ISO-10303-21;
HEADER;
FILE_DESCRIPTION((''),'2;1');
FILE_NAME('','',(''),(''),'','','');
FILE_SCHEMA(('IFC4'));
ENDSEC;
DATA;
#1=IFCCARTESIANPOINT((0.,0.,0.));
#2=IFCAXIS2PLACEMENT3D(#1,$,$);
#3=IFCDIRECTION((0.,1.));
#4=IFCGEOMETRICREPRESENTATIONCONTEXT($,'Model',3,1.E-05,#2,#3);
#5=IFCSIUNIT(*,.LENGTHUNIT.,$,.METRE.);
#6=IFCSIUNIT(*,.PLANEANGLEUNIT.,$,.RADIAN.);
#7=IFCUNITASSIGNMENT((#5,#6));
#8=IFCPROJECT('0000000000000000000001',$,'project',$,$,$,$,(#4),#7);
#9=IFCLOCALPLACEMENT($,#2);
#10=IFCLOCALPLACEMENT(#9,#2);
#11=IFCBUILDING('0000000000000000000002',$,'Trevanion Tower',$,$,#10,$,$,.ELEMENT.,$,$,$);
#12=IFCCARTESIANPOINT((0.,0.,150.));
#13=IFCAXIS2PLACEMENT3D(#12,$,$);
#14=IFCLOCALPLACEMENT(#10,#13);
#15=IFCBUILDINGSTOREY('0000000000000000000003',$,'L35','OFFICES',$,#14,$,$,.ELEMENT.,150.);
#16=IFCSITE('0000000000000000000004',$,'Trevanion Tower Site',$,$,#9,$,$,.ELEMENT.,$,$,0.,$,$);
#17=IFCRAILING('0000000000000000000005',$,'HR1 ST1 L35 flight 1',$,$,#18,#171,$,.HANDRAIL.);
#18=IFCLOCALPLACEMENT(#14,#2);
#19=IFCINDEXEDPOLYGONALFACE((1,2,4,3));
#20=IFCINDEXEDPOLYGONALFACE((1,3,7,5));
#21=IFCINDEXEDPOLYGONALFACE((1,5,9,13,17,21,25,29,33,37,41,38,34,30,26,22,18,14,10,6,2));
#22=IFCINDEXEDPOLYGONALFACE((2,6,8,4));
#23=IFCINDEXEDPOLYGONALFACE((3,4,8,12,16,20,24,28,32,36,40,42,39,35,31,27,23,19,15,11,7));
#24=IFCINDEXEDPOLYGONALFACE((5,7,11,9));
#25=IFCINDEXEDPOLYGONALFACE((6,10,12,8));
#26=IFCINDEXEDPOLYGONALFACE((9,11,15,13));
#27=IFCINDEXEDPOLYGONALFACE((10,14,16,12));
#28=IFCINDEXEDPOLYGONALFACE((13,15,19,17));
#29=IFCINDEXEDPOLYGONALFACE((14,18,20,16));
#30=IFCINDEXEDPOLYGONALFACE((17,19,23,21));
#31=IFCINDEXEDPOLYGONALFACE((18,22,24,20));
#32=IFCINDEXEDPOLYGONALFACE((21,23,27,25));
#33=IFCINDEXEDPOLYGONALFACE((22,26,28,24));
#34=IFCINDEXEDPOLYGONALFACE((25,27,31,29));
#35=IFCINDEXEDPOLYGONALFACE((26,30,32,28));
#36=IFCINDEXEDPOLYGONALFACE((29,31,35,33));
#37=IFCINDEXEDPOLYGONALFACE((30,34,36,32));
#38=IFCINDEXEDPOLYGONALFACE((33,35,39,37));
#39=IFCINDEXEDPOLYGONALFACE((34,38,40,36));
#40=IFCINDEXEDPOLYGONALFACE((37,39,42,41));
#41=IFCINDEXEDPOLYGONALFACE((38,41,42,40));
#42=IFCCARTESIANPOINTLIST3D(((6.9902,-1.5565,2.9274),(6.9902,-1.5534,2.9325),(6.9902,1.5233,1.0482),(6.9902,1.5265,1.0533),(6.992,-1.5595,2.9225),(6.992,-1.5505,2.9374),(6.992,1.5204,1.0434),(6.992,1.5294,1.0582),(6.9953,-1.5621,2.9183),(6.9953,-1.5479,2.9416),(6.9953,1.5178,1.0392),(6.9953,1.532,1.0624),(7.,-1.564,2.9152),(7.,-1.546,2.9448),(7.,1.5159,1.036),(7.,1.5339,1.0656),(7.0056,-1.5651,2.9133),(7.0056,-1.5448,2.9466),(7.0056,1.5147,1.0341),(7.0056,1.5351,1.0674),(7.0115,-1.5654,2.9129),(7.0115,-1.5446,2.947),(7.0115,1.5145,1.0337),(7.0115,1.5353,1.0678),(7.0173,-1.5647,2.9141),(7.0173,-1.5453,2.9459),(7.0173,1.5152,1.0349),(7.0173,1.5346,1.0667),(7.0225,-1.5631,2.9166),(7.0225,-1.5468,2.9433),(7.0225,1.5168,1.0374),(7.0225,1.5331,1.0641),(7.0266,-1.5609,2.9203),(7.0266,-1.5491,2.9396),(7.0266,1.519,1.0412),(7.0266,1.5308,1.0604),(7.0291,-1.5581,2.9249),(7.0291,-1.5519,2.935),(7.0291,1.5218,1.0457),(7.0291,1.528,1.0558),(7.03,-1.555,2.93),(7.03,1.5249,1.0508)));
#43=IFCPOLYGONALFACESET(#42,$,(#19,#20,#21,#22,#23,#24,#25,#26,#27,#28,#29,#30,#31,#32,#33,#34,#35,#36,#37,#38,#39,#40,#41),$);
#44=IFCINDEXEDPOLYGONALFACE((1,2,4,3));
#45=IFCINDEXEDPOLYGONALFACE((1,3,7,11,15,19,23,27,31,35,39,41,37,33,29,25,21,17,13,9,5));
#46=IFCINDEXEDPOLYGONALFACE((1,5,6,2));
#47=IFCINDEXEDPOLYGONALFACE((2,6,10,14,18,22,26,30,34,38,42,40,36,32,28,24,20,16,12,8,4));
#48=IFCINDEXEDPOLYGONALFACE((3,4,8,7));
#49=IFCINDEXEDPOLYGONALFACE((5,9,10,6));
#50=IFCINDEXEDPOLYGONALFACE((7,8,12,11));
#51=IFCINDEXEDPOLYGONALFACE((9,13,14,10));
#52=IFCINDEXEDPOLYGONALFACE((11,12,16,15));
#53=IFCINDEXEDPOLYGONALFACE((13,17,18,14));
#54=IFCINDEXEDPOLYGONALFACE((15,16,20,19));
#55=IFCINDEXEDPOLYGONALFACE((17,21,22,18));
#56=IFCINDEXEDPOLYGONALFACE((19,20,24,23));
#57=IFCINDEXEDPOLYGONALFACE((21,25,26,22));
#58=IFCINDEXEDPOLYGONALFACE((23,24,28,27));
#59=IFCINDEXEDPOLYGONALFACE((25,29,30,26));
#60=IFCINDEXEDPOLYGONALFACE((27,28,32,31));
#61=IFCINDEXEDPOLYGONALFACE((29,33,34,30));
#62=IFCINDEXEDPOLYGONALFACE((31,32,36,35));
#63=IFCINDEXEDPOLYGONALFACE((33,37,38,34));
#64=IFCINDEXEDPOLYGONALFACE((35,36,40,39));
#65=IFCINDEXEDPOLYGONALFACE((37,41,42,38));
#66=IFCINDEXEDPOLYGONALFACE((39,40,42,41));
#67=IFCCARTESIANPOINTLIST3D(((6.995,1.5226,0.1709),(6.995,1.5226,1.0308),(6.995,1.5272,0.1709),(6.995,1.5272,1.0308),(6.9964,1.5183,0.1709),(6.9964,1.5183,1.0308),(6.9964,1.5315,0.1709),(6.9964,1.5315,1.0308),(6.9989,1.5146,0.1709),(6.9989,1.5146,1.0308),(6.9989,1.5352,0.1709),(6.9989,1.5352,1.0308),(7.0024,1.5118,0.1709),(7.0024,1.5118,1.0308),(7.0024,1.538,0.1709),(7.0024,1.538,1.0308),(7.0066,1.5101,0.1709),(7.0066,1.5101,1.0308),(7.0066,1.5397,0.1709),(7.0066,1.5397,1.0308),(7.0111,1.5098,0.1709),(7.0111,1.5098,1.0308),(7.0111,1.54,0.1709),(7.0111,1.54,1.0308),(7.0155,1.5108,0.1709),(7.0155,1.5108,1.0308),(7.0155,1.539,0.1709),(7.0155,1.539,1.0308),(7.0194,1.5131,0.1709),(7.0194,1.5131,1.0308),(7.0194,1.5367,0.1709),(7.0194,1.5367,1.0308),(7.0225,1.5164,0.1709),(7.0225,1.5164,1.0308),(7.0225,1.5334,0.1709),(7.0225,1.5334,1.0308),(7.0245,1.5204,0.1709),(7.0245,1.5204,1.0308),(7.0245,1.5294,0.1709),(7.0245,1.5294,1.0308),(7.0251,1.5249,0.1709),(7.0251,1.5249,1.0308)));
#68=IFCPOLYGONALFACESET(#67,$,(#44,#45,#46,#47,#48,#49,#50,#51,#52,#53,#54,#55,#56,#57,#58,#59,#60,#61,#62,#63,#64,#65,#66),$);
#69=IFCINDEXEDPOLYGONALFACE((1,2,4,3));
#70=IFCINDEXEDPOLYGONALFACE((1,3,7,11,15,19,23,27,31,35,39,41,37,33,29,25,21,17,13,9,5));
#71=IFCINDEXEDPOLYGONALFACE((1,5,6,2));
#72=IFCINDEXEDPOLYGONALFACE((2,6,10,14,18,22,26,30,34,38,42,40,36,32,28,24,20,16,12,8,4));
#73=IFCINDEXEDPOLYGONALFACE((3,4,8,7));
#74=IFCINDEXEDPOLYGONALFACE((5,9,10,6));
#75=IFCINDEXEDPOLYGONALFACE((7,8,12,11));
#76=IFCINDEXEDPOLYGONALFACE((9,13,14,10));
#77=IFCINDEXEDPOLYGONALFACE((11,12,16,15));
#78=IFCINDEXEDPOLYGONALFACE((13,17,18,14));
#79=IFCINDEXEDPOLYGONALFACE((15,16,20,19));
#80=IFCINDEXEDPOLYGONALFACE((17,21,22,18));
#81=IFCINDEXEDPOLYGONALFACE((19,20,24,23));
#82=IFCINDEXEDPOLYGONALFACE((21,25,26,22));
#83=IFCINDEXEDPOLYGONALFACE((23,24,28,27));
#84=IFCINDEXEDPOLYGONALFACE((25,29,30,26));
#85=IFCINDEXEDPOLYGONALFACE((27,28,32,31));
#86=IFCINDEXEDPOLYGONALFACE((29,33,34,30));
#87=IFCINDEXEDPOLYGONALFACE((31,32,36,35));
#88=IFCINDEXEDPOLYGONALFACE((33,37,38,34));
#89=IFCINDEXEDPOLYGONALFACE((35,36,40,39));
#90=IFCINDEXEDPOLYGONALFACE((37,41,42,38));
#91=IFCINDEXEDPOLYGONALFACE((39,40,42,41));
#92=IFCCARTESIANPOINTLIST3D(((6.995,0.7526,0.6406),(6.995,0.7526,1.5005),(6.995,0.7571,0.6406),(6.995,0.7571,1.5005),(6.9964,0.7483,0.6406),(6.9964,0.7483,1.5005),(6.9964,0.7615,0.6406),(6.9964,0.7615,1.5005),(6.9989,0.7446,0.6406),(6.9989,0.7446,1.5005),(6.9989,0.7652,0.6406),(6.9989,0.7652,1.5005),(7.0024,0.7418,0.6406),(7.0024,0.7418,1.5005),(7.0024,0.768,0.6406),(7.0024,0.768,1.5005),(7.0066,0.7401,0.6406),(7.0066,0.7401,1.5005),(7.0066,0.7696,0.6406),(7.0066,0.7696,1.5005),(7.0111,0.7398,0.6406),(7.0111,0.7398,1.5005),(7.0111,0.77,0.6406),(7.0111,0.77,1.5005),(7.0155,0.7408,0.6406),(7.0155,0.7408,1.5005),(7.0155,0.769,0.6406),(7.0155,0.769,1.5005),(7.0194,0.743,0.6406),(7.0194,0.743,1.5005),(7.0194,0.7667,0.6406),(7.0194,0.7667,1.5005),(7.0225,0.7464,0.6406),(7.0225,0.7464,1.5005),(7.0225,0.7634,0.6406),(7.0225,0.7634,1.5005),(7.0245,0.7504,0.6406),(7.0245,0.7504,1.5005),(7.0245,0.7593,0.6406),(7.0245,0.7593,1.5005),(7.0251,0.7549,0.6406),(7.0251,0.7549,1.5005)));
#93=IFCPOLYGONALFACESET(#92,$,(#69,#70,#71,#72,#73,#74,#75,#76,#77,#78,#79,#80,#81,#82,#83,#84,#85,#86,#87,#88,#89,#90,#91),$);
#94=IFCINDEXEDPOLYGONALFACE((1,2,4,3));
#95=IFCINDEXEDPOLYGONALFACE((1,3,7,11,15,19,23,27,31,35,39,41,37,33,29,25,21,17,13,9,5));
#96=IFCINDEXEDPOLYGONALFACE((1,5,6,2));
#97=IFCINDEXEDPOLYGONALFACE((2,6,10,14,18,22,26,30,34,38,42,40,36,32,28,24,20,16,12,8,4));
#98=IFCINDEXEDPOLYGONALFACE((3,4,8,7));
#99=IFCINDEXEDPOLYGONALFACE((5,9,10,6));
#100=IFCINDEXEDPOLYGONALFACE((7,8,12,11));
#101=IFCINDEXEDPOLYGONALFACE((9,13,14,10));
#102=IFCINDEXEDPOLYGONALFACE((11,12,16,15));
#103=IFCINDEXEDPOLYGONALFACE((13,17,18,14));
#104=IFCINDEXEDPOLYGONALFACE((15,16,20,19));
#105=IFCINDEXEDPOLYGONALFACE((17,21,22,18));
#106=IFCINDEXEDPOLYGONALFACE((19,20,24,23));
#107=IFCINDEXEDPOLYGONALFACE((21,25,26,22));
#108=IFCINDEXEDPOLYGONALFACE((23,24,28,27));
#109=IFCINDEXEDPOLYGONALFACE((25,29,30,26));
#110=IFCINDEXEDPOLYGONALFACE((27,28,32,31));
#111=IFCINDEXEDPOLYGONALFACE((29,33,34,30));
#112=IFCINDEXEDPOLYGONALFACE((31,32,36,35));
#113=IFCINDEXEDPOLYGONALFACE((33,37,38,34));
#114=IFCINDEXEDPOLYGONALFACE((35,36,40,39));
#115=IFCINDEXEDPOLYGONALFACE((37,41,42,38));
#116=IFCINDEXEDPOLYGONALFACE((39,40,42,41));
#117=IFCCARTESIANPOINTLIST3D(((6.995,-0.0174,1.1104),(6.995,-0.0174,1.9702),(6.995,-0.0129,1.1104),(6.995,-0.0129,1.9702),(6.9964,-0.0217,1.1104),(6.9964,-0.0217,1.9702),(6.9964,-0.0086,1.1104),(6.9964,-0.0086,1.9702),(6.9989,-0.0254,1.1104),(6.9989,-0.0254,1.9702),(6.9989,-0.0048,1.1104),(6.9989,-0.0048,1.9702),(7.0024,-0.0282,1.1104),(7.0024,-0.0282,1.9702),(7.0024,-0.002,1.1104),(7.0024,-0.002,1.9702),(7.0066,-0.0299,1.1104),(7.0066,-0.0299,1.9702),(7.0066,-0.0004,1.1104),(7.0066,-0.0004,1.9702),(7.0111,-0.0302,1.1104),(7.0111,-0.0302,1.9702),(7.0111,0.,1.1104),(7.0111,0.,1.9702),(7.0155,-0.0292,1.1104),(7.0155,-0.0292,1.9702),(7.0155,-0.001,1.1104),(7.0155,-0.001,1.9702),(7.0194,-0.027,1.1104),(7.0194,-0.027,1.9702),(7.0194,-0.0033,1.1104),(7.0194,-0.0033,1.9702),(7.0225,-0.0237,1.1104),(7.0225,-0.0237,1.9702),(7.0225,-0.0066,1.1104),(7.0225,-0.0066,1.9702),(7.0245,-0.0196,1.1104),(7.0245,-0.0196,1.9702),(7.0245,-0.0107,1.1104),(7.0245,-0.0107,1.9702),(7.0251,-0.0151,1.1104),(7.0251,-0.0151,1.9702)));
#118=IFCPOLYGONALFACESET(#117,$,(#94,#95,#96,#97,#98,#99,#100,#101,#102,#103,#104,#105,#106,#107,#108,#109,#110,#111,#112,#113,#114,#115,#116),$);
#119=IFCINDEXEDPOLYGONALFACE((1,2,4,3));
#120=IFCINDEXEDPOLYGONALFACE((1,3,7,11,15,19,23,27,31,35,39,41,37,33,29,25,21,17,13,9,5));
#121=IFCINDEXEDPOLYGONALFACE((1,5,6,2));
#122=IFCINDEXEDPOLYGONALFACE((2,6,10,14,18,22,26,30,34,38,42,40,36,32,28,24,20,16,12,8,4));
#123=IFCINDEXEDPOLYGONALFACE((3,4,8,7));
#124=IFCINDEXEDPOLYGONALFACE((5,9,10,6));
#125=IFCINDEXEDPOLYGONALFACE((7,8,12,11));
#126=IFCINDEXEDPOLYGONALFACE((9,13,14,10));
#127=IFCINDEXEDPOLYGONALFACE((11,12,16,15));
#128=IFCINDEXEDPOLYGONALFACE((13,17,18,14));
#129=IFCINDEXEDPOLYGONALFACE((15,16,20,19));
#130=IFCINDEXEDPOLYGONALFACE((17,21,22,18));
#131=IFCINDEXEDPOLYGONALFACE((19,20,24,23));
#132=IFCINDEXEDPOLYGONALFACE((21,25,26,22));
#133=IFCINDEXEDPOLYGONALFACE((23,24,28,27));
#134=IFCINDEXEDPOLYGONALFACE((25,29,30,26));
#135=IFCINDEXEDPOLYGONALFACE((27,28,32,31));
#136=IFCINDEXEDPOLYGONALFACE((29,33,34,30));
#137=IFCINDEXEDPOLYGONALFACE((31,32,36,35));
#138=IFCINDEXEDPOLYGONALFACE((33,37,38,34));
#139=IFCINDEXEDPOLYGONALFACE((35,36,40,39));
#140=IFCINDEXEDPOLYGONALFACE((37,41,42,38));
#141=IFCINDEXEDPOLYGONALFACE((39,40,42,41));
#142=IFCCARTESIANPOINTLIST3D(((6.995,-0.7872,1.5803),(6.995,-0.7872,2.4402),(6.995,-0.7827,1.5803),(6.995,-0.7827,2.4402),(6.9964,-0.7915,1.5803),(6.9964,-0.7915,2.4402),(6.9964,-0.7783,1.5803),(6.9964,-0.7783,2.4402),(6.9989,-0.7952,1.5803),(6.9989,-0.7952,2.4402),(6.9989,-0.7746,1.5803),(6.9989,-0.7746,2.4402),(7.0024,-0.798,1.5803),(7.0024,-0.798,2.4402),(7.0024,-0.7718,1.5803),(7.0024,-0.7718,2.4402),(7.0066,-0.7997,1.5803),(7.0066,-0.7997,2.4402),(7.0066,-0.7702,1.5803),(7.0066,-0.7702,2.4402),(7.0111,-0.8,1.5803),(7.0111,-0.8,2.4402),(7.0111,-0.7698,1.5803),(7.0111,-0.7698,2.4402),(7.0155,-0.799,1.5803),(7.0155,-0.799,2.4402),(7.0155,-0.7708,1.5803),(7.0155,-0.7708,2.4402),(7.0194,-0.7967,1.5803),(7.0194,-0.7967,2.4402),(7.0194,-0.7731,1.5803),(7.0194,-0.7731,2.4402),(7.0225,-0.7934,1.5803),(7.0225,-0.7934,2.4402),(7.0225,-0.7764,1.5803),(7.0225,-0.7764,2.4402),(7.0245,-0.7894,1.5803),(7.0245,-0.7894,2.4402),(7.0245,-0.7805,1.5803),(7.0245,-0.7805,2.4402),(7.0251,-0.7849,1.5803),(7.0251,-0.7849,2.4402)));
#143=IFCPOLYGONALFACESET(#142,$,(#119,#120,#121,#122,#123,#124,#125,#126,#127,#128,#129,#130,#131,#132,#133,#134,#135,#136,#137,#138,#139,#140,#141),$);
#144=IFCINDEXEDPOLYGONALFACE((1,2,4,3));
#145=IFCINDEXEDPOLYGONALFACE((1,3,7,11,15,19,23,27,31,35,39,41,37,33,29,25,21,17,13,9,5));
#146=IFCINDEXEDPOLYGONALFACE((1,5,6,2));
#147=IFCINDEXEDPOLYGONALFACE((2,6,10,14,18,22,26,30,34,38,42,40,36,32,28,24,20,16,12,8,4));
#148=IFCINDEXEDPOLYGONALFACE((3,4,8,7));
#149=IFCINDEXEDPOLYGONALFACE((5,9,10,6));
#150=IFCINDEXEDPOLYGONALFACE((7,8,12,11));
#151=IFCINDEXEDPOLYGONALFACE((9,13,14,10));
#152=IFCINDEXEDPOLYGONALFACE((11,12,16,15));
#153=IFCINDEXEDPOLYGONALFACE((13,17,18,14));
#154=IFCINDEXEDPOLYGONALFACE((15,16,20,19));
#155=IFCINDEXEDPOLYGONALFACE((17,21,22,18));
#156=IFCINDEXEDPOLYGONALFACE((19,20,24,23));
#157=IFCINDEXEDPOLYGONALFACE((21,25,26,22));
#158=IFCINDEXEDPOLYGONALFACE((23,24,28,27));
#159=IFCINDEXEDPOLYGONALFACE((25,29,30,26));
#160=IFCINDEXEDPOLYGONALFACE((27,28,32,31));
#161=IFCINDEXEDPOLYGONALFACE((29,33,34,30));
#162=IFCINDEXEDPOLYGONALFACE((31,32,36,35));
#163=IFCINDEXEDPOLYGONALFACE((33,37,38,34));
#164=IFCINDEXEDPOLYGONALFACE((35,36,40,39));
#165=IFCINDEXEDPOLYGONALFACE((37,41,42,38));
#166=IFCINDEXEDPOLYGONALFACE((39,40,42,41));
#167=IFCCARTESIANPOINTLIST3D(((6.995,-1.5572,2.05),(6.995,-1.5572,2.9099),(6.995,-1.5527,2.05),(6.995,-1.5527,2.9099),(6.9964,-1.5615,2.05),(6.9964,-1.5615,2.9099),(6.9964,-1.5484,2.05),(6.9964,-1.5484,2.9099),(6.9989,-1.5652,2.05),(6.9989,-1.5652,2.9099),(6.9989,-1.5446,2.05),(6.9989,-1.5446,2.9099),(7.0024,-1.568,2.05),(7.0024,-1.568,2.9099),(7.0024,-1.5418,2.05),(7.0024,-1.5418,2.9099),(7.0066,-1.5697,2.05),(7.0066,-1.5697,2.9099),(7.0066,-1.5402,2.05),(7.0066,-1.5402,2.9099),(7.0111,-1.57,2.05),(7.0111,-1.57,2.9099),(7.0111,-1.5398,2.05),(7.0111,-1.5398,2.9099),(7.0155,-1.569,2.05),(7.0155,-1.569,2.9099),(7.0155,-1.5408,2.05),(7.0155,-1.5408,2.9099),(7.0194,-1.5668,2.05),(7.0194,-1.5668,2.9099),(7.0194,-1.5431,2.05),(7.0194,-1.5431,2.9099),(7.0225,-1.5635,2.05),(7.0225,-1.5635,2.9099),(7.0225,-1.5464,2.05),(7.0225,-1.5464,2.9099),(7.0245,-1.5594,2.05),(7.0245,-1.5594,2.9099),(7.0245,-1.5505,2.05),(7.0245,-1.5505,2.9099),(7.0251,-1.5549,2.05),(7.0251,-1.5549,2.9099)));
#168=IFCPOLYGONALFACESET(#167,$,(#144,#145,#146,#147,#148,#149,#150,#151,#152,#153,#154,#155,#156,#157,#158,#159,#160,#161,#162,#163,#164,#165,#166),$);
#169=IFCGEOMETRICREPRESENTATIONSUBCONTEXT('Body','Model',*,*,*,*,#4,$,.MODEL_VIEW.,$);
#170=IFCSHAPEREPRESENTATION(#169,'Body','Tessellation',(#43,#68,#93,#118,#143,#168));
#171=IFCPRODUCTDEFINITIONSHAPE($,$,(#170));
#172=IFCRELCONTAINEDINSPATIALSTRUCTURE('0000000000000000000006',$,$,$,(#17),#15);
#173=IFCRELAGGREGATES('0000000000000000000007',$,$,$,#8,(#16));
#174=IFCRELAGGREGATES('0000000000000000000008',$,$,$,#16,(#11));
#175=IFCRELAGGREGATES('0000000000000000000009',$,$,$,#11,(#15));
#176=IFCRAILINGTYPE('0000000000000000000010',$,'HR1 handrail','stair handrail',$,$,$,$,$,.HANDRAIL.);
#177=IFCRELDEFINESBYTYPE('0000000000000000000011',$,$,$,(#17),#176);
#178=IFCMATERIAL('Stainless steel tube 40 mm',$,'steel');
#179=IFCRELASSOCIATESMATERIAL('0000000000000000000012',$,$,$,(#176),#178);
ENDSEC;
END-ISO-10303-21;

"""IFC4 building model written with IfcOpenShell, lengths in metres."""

from ifc_helpers import new_model, si_unit, direction, frame, origin, origin_2d, place, context, subcontext, project, spatial, circle, extrude, material, type_object, element, save


model = new_model("IFC4")

# Units and contexts
model_context = context("Model", 3, precision=1e-05, world=origin(), true_north=direction((0.0, 1.0)))
body_context = subcontext(model_context, "Body", "Model", "MODEL_VIEW")
ifc_project = project(units=[si_unit("LENGTHUNIT", "METRE"), si_unit("PLANEANGLEUNIT", "RADIAN")], contexts=[model_context])

# Site, building, storey
site_placement = place(None, origin())
site = spatial("IfcSite", under=ifc_project, at=site_placement, Name="Trevanion Tower Site", CompositionType="ELEMENT", RefElevation=0.0)
building_placement = place(site_placement, origin())
building = spatial("IfcBuilding", under=site, at=building_placement, Name="Trevanion Tower", CompositionType="ELEMENT")
storey_placement = place(building_placement, frame((0.0, 0.0, 150.0)))
storey = spatial("IfcBuildingStorey", under=building, at=storey_placement, Name="L35", Description="OFFICES", CompositionType="ELEMENT", Elevation=150.0)

# Railing
ifc_material_1 = material(Name="Stainless steel tube 40 mm", Category="steel")
railing_type = type_object("IfcRailingType", Name="HR1 handrail", Description="stair handrail", PredefinedType="HANDRAIL", material=ifc_material_1)
for number, where, name in (
    (1, (7.01, 1.5249, 0.1709), "HR1 ST1 L35 flight 1"),
):
    element("IfcRailing", number, at=place(storey_placement, frame(where)), inside=storey, type_object=railing_type, Name=name, PredefinedType="HANDRAIL", context=body_context, shape_type="SweptSolid", body=[
        extrude(circle(Radius=0.02, at=origin_2d()), frame((0.0, 0.0, 0.8799), z_axis=(0.0, -0.853648, 0.52085), x_axis=(1.0, 0.0, 0.0)), (0.0, 0.0, 1.0), 3.6079),
        extrude(circle(Radius=0.0151, at=origin_2d()), origin(), (0.0, 0.0, 1.0), 0.8599),
        extrude(circle(Radius=0.0151, at=origin_2d()), frame((0.0, -0.77, 0.4697)), (0.0, 0.0, 1.0), 0.8599),
        extrude(circle(Radius=0.0151, at=origin_2d()), frame((0.0, -1.54, 0.9395)), (0.0, 0.0, 1.0), 0.8599),
        extrude(circle(Radius=0.0151, at=origin_2d()), frame((0.0, -2.3098, 1.4094)), (0.0, 0.0, 1.0), 0.8599),
        extrude(circle(Radius=0.0151, at=origin_2d()), frame((0.0, -3.0798, 1.8792)), (0.0, 0.0, 1.0), 0.8599),
    ])

save(model, "model.ifc")
